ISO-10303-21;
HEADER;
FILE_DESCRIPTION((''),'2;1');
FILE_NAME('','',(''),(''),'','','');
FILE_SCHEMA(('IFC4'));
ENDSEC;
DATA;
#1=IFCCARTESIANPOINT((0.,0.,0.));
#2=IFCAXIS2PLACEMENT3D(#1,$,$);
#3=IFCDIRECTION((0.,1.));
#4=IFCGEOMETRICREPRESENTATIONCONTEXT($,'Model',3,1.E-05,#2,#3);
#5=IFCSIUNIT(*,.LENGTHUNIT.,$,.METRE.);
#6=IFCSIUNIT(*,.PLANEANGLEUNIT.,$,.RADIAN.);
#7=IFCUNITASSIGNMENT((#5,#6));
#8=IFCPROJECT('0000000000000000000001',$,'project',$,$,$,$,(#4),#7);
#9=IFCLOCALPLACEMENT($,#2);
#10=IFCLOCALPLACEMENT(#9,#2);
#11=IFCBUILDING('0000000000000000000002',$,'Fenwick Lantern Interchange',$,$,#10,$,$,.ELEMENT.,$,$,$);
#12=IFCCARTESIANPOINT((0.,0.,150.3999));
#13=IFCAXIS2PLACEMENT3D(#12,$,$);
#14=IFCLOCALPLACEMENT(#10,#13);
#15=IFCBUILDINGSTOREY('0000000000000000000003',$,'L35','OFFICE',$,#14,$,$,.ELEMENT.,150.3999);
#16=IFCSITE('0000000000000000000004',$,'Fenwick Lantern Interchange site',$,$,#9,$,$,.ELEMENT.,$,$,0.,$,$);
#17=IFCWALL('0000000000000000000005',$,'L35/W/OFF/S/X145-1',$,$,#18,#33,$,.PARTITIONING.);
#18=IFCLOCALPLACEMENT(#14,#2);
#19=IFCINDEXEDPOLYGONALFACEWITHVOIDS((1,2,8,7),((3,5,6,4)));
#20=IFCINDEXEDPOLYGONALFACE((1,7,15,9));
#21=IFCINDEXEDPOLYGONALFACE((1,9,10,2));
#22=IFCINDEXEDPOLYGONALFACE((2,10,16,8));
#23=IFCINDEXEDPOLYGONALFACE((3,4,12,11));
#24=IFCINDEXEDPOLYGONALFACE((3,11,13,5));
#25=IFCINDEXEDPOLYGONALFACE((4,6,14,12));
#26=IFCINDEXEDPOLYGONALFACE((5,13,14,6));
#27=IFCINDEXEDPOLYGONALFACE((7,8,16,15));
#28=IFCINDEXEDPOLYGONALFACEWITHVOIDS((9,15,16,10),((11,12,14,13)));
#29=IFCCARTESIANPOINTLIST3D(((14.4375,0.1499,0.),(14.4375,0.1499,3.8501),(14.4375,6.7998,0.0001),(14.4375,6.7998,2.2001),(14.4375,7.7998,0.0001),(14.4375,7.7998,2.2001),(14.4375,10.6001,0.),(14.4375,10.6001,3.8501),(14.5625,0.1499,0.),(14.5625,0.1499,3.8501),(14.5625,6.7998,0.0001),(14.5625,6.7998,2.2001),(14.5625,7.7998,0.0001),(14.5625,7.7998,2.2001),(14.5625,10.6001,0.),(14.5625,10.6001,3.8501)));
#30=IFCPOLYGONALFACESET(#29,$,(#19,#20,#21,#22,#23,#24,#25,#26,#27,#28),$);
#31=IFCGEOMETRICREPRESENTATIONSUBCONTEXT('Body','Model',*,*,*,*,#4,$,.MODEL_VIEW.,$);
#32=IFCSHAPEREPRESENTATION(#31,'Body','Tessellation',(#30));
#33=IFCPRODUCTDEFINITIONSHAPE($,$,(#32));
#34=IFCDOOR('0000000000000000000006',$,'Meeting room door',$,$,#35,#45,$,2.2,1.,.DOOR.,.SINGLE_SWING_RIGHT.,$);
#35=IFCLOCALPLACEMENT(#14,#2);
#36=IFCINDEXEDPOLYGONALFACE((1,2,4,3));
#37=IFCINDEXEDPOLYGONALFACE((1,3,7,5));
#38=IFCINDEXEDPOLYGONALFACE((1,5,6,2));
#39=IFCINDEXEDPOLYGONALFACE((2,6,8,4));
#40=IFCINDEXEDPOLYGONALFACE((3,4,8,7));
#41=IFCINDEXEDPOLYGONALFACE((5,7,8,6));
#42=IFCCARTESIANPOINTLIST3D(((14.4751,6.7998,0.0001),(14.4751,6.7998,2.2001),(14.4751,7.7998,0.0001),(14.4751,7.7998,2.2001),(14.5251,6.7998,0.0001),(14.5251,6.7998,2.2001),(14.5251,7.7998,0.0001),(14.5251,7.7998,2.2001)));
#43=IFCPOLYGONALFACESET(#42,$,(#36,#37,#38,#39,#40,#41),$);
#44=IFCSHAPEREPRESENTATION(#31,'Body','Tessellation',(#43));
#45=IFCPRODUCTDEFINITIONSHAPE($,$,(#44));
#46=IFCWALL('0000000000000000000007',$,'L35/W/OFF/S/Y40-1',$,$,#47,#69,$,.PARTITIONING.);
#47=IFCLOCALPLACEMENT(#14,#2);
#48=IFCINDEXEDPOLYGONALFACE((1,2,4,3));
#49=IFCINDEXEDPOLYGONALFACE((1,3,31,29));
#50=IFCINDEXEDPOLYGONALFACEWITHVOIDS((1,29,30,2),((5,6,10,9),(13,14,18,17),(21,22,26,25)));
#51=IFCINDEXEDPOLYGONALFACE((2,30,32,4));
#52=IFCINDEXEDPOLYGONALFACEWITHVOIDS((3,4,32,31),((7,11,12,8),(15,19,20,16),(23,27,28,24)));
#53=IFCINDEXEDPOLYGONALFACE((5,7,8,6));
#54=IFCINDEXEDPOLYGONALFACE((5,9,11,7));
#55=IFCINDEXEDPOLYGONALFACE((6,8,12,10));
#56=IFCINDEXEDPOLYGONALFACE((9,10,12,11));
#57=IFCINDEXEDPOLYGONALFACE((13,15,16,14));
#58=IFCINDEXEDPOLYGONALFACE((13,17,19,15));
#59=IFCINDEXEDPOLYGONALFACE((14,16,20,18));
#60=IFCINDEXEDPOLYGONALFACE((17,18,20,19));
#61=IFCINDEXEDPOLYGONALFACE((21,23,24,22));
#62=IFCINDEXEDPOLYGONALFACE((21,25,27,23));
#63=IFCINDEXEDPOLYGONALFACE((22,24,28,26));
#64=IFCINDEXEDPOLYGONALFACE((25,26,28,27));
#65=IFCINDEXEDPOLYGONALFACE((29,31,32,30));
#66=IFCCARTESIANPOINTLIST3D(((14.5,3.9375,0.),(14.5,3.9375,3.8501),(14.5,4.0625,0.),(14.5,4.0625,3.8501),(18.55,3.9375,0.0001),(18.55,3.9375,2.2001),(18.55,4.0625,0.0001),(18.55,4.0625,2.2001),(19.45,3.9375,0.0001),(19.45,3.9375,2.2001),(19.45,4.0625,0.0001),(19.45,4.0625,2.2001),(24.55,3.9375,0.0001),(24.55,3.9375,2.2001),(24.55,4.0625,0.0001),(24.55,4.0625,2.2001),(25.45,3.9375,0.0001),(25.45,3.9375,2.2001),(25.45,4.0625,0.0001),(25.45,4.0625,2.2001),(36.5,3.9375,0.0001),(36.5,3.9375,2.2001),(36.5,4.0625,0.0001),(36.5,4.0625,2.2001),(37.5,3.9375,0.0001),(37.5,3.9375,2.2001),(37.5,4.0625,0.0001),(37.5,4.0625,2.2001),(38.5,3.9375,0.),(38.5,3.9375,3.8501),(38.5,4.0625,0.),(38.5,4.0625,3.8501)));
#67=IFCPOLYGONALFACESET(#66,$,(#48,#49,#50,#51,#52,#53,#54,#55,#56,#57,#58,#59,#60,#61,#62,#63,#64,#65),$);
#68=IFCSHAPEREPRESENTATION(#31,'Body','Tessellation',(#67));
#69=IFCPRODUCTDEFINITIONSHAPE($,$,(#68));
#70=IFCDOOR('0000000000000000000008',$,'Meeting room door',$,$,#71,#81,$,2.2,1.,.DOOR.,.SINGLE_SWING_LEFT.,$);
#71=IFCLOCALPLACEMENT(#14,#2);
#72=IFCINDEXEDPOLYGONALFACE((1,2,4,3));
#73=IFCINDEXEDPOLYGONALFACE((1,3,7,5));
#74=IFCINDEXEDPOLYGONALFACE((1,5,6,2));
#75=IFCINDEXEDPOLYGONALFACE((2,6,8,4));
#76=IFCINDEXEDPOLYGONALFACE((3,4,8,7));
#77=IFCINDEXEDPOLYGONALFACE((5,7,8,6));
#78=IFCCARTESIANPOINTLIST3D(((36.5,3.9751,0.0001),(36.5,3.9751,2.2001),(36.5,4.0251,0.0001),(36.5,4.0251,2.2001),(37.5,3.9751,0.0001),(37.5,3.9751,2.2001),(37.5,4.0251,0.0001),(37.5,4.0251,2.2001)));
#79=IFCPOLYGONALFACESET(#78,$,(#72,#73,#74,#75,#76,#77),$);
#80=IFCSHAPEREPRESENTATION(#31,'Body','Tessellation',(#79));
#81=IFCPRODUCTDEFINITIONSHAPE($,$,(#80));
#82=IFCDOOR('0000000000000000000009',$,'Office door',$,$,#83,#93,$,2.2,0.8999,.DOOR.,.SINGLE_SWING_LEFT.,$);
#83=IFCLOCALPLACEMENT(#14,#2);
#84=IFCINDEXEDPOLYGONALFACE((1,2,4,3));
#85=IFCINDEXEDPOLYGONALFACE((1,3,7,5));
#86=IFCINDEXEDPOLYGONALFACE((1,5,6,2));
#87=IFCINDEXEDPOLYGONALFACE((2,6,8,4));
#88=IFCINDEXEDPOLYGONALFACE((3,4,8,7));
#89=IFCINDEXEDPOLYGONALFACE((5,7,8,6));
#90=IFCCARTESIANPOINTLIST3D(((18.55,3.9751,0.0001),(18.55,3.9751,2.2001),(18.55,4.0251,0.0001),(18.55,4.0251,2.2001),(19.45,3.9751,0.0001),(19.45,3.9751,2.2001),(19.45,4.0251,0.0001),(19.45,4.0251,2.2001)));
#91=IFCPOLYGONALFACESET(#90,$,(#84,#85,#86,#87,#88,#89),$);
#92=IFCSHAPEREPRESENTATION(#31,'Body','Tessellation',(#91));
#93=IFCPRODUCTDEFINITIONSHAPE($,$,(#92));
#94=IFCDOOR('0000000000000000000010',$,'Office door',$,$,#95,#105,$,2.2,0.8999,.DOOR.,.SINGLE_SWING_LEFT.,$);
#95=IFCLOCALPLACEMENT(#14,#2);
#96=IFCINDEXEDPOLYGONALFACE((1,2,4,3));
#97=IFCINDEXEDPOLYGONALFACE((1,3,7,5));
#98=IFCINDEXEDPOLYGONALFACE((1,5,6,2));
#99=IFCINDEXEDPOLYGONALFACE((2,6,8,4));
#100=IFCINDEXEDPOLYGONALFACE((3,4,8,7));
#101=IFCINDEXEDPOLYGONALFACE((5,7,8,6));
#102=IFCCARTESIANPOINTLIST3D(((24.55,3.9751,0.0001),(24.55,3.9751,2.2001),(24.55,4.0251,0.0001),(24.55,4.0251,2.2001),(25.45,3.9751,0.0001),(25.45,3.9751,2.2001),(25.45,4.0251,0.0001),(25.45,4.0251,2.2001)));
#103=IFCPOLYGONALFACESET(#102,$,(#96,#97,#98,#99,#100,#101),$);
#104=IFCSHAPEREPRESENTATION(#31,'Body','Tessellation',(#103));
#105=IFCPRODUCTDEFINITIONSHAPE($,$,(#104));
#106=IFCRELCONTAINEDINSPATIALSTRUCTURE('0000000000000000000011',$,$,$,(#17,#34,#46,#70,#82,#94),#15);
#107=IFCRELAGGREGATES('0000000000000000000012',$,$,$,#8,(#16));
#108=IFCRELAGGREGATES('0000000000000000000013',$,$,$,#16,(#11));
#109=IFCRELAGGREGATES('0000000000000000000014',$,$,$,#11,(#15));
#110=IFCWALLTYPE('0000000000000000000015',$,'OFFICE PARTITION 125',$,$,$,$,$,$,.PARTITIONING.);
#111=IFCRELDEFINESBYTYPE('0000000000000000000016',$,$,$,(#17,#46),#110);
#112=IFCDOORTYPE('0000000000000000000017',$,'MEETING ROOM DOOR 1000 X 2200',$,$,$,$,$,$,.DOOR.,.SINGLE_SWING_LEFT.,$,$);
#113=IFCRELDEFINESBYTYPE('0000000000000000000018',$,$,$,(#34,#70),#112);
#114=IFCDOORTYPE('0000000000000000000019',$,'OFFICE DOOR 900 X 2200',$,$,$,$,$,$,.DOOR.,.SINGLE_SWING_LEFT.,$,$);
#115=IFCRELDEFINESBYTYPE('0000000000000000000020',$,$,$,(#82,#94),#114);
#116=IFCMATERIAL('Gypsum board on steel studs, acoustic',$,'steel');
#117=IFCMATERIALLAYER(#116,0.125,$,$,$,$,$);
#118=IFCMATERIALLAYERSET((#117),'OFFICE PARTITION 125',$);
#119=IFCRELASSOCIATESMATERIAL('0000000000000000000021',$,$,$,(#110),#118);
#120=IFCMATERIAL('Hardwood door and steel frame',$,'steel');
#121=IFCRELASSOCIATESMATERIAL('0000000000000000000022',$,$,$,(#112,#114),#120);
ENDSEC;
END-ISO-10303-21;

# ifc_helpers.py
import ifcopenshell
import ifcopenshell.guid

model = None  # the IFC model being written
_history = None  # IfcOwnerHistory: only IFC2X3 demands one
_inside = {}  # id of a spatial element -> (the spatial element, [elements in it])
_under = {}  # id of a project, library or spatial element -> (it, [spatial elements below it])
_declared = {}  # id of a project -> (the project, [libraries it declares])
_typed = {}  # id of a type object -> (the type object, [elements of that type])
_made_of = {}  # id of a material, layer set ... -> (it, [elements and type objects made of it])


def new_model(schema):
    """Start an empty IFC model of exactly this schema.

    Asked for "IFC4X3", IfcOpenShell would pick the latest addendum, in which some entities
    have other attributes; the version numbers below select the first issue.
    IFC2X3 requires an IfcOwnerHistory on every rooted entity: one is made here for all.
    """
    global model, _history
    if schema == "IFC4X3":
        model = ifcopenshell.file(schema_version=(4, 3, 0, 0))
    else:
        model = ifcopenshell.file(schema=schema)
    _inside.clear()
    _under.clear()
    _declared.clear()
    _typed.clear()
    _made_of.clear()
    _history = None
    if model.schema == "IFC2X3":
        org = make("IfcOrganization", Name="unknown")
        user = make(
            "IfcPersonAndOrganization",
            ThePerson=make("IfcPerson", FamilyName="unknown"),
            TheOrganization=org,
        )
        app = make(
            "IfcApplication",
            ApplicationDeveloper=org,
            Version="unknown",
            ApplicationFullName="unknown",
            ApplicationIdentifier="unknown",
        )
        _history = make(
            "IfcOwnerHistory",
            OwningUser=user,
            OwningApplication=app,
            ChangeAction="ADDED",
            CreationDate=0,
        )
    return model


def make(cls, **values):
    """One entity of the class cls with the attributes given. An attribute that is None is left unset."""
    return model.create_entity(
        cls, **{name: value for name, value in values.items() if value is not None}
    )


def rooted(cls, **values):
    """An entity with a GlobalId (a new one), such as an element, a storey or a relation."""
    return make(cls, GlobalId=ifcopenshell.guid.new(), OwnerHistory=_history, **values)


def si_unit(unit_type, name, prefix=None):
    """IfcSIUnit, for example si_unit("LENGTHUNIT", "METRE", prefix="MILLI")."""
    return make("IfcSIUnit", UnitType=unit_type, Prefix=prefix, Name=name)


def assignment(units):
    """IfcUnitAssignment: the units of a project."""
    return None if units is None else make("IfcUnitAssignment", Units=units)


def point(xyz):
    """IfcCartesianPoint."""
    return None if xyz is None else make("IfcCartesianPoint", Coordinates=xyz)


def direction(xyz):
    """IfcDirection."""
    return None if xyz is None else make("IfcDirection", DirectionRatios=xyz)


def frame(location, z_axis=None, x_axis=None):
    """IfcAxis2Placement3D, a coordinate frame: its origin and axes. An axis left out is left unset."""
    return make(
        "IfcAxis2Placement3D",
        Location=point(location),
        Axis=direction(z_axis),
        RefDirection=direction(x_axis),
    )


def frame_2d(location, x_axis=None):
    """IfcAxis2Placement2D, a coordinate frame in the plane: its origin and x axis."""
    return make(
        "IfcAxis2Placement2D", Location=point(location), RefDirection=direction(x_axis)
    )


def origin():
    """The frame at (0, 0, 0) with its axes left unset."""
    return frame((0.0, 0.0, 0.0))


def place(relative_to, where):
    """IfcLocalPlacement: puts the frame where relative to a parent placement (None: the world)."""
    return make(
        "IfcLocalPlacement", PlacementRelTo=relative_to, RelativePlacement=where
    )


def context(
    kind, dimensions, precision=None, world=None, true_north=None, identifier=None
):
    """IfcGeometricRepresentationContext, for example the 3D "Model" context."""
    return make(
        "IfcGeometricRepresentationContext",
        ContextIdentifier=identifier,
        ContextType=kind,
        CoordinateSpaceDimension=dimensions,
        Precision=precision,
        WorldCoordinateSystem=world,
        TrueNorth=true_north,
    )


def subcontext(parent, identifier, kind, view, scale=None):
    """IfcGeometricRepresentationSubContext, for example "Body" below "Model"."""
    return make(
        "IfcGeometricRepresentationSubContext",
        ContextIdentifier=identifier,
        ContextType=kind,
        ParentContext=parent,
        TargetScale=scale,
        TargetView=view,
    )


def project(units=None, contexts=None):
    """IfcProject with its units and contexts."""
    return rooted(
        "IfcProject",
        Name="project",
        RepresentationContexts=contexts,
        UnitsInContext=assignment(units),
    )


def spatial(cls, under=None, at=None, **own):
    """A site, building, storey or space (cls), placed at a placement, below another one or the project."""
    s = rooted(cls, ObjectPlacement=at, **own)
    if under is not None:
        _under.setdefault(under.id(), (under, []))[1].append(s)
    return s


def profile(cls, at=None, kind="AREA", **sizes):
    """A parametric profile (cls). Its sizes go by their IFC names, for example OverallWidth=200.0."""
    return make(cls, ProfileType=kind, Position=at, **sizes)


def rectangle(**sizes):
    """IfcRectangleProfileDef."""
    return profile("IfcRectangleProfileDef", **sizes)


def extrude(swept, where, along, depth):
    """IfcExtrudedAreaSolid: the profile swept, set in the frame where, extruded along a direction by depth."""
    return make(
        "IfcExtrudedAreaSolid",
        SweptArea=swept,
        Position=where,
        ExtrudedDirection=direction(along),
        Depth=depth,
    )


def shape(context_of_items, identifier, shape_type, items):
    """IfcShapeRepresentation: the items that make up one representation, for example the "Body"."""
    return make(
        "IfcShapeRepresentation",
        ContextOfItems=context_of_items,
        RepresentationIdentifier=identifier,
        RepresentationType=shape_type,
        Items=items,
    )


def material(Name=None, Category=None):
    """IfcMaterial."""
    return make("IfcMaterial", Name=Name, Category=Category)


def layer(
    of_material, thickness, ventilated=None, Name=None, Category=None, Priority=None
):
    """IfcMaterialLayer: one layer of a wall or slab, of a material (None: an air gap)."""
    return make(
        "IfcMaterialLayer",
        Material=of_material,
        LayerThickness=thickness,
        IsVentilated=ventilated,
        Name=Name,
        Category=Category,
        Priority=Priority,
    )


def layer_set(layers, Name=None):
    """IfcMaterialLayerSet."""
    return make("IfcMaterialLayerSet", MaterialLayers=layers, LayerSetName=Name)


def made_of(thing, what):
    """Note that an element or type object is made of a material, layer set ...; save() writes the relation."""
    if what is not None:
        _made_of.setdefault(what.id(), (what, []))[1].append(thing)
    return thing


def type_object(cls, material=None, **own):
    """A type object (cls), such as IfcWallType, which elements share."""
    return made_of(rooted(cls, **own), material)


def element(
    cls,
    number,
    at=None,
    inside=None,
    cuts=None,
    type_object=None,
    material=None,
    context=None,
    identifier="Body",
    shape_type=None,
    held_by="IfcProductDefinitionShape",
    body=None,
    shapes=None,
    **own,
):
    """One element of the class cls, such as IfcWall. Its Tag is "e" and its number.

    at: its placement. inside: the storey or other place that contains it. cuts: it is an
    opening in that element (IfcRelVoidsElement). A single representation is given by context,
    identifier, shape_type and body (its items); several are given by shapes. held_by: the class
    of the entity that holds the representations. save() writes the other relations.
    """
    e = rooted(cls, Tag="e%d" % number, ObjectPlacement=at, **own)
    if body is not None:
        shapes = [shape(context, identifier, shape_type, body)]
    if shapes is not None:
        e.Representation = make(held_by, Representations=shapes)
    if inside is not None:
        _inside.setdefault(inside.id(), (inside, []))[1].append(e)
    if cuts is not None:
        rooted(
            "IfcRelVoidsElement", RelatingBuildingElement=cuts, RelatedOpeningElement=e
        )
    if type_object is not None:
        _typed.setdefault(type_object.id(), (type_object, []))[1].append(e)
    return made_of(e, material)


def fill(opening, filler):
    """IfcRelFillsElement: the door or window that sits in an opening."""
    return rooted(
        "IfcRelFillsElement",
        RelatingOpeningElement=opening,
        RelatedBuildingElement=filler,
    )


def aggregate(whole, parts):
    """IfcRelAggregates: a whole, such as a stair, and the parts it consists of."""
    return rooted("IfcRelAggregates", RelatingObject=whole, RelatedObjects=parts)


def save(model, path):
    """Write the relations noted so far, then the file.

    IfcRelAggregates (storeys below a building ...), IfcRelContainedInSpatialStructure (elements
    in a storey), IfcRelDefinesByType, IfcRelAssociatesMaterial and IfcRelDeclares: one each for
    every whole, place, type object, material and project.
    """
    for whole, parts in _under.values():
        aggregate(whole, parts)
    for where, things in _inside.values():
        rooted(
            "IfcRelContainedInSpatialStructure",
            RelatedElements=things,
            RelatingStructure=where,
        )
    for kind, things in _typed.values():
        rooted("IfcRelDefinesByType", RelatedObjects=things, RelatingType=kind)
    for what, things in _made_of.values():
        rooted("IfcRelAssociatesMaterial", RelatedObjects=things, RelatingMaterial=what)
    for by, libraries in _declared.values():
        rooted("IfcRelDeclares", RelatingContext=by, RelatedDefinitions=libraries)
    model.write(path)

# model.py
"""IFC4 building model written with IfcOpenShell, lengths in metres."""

from ifc_helpers import new_model, si_unit, direction, frame, frame_2d, origin, place, context, subcontext, project, spatial, rectangle, extrude, material, layer, layer_set, type_object, element, fill, save


model = new_model("IFC4")

# Units and contexts
model_context = context("Model", 3, precision=1e-05, world=origin(), true_north=direction((0.0, 1.0)))
body_context = subcontext(model_context, "Body", "Model", "MODEL_VIEW")
ifc_project = project(units=[si_unit("LENGTHUNIT", "METRE"), si_unit("PLANEANGLEUNIT", "RADIAN")], contexts=[model_context])

# Site, building, storey
site_placement = place(None, origin())
site = spatial("IfcSite", under=ifc_project, at=site_placement, Name="Fenwick Lantern Interchange site", CompositionType="ELEMENT", RefElevation=0.0)
building_placement = place(site_placement, origin())
building = spatial("IfcBuilding", under=site, at=building_placement, Name="Fenwick Lantern Interchange", CompositionType="ELEMENT")
storey_placement = place(building_placement, frame((0.0, 0.0, 150.3999)))
storey = spatial("IfcBuildingStorey", under=building, at=storey_placement, Name="L35", Description="OFFICE", CompositionType="ELEMENT", Elevation=150.3999)

# Wall, opening, door
ifc_material_1 = material(Name="Gypsum board on steel studs, acoustic", Category="steel")
ifc_layer_1 = layer(ifc_material_1, 0.125)
ifc_layer_set_1 = layer_set([ifc_layer_1], Name="OFFICE PARTITION 125")
wall_type_1 = type_object("IfcWallType", Name="OFFICE PARTITION 125", PredefinedType="PARTITIONING", material=ifc_layer_set_1)
wall_1_placement = place(storey_placement, frame((14.5, 0.1499, 0.0), z_axis=(0.0, 0.0, 1.0), x_axis=(0.0, 1.0, 0.0)))
wall_1 = element("IfcWall", 1, at=wall_1_placement, inside=storey, type_object=wall_type_1, Name="L35/W/OFF/S/X145-1", PredefinedType="PARTITIONING", context=body_context, shape_type="SweptSolid", body=[
    extrude(rectangle(XDim=10.4502, YDim=0.125, at=frame_2d((5.2251, 0.0))), origin(), (0.0, 0.0, 1.0), 3.8501),
])
opening_1_placement = place(wall_1_placement, frame((6.6499, 0.0, 0.0)))
opening_1 = element("IfcOpeningElement", 2, at=opening_1_placement, cuts=wall_1, PredefinedType="OPENING", context=body_context, shape_type="SweptSolid", body=[
    extrude(rectangle(XDim=1.0, YDim=2.2, at=frame_2d((0.5, 1.1001))), frame((0.0, 0.0725, 0.0), z_axis=(0.0, -1.0, 0.0), x_axis=(1.0, 0.0, 0.0)), (0.0, 0.0, 1.0), 0.145),
])
ifc_material_2 = material(Name="Hardwood door and steel frame", Category="steel")
door_type_1 = type_object("IfcDoorType", Name="MEETING ROOM DOOR 1000 X 2200", OperationType="SINGLE_SWING_LEFT", PredefinedType="DOOR", material=ifc_material_2)
door_1_placement = place(opening_1_placement, origin())
door_1 = element("IfcDoor", 3, at=door_1_placement, inside=storey, type_object=door_type_1, Name="Meeting room door", OperationType="SINGLE_SWING_RIGHT", OverallHeight=2.2, OverallWidth=1.0, PredefinedType="DOOR", context=body_context, shape_type="SweptSolid", body=[
    extrude(rectangle(XDim=1.0, YDim=2.2, at=frame_2d((0.5, 1.1001))), frame((0.0, 0.0249, 0.0), z_axis=(0.0, -1.0, 0.0), x_axis=(1.0, 0.0, 0.0)), (0.0, 0.0, 1.0), 0.05),
])
fill(opening_1, door_1)

# Wall, openings, doors
wall_2_placement = place(storey_placement, frame((14.5, 4.0, 0.0), z_axis=(0.0, 0.0, 1.0), x_axis=(1.0, 0.0, 0.0)))
wall_2 = element("IfcWall", 4, at=wall_2_placement, inside=storey, type_object=wall_type_1, Name="L35/W/OFF/S/Y40-1", PredefinedType="PARTITIONING", context=body_context, shape_type="SweptSolid", body=[
    extrude(rectangle(XDim=24.0, YDim=0.125, at=frame_2d((12.0, 0.0))), origin(), (0.0, 0.0, 1.0), 3.8501),
])
opening_2_placement = place(wall_2_placement, frame((4.05, 0.0, 0.0)))
opening_2 = element("IfcOpeningElement", 5, at=opening_2_placement, cuts=wall_2, PredefinedType="OPENING", context=body_context, shape_type="SweptSolid", body=[
    extrude(rectangle(XDim=0.8999, YDim=2.2, at=frame_2d((0.45, 1.1001))), frame((0.0, 0.0725, 0.0), z_axis=(0.0, -1.0, 0.0), x_axis=(1.0, 0.0, 0.0)), (0.0, 0.0, 1.0), 0.145),
])
opening_3_placement = place(wall_2_placement, frame((10.05, 0.0, 0.0)))
opening_3 = element("IfcOpeningElement", 6, at=opening_3_placement, cuts=wall_2, PredefinedType="OPENING", context=body_context, shape_type="SweptSolid", body=[
    extrude(rectangle(XDim=0.8999, YDim=2.2, at=frame_2d((0.45, 1.1001))), frame((0.0, 0.0725, 0.0), z_axis=(0.0, -1.0, 0.0), x_axis=(1.0, 0.0, 0.0)), (0.0, 0.0, 1.0), 0.145),
])
opening_4_placement = place(wall_2_placement, frame((22.0, 0.0, 0.0)))
opening_4 = element("IfcOpeningElement", 7, at=opening_4_placement, cuts=wall_2, PredefinedType="OPENING", context=body_context, shape_type="SweptSolid", body=[
    extrude(rectangle(XDim=1.0, YDim=2.2, at=frame_2d((0.5, 1.1001))), frame((0.0, 0.0725, 0.0), z_axis=(0.0, -1.0, 0.0), x_axis=(1.0, 0.0, 0.0)), (0.0, 0.0, 1.0), 0.145),
])
door_2_placement = place(opening_4_placement, frame((1.0, 0.0, 0.0), z_axis=(0.0, 0.0, 1.0), x_axis=(-1.0, 0.0, 0.0)))
door_2 = element("IfcDoor", 8, at=door_2_placement, inside=storey, type_object=door_type_1, Name="Meeting room door", OperationType="SINGLE_SWING_LEFT", OverallHeight=2.2, OverallWidth=1.0, PredefinedType="DOOR", context=body_context, shape_type="SweptSolid", body=[
    extrude(rectangle(XDim=1.0, YDim=2.2, at=frame_2d((0.5, 1.1001))), frame((0.0, 0.0249, 0.0), z_axis=(0.0, -1.0, 0.0), x_axis=(1.0, 0.0, 0.0)), (0.0, 0.0, 1.0), 0.05),
])
fill(opening_4, door_2)
door_type_2 = type_object("IfcDoorType", Name="OFFICE DOOR 900 X 2200", OperationType="SINGLE_SWING_LEFT", PredefinedType="DOOR", material=ifc_material_2)
door_3_placement = place(opening_2_placement, frame((0.8999, 0.0, 0.0), z_axis=(0.0, 0.0, 1.0), x_axis=(-1.0, 0.0, 0.0)))
door_3 = element("IfcDoor", 9, at=door_3_placement, inside=storey, type_object=door_type_2, Name="Office door", OperationType="SINGLE_SWING_LEFT", OverallHeight=2.2, OverallWidth=0.8999, PredefinedType="DOOR", context=body_context, shape_type="SweptSolid", body=[
    extrude(rectangle(XDim=0.8999, YDim=2.2, at=frame_2d((0.45, 1.1001))), frame((0.0, 0.0249, 0.0), z_axis=(0.0, -1.0, 0.0), x_axis=(1.0, 0.0, 0.0)), (0.0, 0.0, 1.0), 0.05),
])
fill(opening_2, door_3)
door_4_placement = place(opening_3_placement, frame((0.8999, 0.0, 0.0), z_axis=(0.0, 0.0, 1.0), x_axis=(-1.0, 0.0, 0.0)))
door_4 = element("IfcDoor", 10, at=door_4_placement, inside=storey, type_object=door_type_2, Name="Office door", OperationType="SINGLE_SWING_LEFT", OverallHeight=2.2, OverallWidth=0.8999, PredefinedType="DOOR", context=body_context, shape_type="SweptSolid", body=[
    extrude(rectangle(XDim=0.8999, YDim=2.2, at=frame_2d((0.45, 1.1001))), frame((0.0, 0.0249, 0.0), z_axis=(0.0, -1.0, 0.0), x_axis=(1.0, 0.0, 0.0)), (0.0, 0.0, 1.0), 0.05),
])
fill(opening_3, door_4)

save(model, "model.ifc")
